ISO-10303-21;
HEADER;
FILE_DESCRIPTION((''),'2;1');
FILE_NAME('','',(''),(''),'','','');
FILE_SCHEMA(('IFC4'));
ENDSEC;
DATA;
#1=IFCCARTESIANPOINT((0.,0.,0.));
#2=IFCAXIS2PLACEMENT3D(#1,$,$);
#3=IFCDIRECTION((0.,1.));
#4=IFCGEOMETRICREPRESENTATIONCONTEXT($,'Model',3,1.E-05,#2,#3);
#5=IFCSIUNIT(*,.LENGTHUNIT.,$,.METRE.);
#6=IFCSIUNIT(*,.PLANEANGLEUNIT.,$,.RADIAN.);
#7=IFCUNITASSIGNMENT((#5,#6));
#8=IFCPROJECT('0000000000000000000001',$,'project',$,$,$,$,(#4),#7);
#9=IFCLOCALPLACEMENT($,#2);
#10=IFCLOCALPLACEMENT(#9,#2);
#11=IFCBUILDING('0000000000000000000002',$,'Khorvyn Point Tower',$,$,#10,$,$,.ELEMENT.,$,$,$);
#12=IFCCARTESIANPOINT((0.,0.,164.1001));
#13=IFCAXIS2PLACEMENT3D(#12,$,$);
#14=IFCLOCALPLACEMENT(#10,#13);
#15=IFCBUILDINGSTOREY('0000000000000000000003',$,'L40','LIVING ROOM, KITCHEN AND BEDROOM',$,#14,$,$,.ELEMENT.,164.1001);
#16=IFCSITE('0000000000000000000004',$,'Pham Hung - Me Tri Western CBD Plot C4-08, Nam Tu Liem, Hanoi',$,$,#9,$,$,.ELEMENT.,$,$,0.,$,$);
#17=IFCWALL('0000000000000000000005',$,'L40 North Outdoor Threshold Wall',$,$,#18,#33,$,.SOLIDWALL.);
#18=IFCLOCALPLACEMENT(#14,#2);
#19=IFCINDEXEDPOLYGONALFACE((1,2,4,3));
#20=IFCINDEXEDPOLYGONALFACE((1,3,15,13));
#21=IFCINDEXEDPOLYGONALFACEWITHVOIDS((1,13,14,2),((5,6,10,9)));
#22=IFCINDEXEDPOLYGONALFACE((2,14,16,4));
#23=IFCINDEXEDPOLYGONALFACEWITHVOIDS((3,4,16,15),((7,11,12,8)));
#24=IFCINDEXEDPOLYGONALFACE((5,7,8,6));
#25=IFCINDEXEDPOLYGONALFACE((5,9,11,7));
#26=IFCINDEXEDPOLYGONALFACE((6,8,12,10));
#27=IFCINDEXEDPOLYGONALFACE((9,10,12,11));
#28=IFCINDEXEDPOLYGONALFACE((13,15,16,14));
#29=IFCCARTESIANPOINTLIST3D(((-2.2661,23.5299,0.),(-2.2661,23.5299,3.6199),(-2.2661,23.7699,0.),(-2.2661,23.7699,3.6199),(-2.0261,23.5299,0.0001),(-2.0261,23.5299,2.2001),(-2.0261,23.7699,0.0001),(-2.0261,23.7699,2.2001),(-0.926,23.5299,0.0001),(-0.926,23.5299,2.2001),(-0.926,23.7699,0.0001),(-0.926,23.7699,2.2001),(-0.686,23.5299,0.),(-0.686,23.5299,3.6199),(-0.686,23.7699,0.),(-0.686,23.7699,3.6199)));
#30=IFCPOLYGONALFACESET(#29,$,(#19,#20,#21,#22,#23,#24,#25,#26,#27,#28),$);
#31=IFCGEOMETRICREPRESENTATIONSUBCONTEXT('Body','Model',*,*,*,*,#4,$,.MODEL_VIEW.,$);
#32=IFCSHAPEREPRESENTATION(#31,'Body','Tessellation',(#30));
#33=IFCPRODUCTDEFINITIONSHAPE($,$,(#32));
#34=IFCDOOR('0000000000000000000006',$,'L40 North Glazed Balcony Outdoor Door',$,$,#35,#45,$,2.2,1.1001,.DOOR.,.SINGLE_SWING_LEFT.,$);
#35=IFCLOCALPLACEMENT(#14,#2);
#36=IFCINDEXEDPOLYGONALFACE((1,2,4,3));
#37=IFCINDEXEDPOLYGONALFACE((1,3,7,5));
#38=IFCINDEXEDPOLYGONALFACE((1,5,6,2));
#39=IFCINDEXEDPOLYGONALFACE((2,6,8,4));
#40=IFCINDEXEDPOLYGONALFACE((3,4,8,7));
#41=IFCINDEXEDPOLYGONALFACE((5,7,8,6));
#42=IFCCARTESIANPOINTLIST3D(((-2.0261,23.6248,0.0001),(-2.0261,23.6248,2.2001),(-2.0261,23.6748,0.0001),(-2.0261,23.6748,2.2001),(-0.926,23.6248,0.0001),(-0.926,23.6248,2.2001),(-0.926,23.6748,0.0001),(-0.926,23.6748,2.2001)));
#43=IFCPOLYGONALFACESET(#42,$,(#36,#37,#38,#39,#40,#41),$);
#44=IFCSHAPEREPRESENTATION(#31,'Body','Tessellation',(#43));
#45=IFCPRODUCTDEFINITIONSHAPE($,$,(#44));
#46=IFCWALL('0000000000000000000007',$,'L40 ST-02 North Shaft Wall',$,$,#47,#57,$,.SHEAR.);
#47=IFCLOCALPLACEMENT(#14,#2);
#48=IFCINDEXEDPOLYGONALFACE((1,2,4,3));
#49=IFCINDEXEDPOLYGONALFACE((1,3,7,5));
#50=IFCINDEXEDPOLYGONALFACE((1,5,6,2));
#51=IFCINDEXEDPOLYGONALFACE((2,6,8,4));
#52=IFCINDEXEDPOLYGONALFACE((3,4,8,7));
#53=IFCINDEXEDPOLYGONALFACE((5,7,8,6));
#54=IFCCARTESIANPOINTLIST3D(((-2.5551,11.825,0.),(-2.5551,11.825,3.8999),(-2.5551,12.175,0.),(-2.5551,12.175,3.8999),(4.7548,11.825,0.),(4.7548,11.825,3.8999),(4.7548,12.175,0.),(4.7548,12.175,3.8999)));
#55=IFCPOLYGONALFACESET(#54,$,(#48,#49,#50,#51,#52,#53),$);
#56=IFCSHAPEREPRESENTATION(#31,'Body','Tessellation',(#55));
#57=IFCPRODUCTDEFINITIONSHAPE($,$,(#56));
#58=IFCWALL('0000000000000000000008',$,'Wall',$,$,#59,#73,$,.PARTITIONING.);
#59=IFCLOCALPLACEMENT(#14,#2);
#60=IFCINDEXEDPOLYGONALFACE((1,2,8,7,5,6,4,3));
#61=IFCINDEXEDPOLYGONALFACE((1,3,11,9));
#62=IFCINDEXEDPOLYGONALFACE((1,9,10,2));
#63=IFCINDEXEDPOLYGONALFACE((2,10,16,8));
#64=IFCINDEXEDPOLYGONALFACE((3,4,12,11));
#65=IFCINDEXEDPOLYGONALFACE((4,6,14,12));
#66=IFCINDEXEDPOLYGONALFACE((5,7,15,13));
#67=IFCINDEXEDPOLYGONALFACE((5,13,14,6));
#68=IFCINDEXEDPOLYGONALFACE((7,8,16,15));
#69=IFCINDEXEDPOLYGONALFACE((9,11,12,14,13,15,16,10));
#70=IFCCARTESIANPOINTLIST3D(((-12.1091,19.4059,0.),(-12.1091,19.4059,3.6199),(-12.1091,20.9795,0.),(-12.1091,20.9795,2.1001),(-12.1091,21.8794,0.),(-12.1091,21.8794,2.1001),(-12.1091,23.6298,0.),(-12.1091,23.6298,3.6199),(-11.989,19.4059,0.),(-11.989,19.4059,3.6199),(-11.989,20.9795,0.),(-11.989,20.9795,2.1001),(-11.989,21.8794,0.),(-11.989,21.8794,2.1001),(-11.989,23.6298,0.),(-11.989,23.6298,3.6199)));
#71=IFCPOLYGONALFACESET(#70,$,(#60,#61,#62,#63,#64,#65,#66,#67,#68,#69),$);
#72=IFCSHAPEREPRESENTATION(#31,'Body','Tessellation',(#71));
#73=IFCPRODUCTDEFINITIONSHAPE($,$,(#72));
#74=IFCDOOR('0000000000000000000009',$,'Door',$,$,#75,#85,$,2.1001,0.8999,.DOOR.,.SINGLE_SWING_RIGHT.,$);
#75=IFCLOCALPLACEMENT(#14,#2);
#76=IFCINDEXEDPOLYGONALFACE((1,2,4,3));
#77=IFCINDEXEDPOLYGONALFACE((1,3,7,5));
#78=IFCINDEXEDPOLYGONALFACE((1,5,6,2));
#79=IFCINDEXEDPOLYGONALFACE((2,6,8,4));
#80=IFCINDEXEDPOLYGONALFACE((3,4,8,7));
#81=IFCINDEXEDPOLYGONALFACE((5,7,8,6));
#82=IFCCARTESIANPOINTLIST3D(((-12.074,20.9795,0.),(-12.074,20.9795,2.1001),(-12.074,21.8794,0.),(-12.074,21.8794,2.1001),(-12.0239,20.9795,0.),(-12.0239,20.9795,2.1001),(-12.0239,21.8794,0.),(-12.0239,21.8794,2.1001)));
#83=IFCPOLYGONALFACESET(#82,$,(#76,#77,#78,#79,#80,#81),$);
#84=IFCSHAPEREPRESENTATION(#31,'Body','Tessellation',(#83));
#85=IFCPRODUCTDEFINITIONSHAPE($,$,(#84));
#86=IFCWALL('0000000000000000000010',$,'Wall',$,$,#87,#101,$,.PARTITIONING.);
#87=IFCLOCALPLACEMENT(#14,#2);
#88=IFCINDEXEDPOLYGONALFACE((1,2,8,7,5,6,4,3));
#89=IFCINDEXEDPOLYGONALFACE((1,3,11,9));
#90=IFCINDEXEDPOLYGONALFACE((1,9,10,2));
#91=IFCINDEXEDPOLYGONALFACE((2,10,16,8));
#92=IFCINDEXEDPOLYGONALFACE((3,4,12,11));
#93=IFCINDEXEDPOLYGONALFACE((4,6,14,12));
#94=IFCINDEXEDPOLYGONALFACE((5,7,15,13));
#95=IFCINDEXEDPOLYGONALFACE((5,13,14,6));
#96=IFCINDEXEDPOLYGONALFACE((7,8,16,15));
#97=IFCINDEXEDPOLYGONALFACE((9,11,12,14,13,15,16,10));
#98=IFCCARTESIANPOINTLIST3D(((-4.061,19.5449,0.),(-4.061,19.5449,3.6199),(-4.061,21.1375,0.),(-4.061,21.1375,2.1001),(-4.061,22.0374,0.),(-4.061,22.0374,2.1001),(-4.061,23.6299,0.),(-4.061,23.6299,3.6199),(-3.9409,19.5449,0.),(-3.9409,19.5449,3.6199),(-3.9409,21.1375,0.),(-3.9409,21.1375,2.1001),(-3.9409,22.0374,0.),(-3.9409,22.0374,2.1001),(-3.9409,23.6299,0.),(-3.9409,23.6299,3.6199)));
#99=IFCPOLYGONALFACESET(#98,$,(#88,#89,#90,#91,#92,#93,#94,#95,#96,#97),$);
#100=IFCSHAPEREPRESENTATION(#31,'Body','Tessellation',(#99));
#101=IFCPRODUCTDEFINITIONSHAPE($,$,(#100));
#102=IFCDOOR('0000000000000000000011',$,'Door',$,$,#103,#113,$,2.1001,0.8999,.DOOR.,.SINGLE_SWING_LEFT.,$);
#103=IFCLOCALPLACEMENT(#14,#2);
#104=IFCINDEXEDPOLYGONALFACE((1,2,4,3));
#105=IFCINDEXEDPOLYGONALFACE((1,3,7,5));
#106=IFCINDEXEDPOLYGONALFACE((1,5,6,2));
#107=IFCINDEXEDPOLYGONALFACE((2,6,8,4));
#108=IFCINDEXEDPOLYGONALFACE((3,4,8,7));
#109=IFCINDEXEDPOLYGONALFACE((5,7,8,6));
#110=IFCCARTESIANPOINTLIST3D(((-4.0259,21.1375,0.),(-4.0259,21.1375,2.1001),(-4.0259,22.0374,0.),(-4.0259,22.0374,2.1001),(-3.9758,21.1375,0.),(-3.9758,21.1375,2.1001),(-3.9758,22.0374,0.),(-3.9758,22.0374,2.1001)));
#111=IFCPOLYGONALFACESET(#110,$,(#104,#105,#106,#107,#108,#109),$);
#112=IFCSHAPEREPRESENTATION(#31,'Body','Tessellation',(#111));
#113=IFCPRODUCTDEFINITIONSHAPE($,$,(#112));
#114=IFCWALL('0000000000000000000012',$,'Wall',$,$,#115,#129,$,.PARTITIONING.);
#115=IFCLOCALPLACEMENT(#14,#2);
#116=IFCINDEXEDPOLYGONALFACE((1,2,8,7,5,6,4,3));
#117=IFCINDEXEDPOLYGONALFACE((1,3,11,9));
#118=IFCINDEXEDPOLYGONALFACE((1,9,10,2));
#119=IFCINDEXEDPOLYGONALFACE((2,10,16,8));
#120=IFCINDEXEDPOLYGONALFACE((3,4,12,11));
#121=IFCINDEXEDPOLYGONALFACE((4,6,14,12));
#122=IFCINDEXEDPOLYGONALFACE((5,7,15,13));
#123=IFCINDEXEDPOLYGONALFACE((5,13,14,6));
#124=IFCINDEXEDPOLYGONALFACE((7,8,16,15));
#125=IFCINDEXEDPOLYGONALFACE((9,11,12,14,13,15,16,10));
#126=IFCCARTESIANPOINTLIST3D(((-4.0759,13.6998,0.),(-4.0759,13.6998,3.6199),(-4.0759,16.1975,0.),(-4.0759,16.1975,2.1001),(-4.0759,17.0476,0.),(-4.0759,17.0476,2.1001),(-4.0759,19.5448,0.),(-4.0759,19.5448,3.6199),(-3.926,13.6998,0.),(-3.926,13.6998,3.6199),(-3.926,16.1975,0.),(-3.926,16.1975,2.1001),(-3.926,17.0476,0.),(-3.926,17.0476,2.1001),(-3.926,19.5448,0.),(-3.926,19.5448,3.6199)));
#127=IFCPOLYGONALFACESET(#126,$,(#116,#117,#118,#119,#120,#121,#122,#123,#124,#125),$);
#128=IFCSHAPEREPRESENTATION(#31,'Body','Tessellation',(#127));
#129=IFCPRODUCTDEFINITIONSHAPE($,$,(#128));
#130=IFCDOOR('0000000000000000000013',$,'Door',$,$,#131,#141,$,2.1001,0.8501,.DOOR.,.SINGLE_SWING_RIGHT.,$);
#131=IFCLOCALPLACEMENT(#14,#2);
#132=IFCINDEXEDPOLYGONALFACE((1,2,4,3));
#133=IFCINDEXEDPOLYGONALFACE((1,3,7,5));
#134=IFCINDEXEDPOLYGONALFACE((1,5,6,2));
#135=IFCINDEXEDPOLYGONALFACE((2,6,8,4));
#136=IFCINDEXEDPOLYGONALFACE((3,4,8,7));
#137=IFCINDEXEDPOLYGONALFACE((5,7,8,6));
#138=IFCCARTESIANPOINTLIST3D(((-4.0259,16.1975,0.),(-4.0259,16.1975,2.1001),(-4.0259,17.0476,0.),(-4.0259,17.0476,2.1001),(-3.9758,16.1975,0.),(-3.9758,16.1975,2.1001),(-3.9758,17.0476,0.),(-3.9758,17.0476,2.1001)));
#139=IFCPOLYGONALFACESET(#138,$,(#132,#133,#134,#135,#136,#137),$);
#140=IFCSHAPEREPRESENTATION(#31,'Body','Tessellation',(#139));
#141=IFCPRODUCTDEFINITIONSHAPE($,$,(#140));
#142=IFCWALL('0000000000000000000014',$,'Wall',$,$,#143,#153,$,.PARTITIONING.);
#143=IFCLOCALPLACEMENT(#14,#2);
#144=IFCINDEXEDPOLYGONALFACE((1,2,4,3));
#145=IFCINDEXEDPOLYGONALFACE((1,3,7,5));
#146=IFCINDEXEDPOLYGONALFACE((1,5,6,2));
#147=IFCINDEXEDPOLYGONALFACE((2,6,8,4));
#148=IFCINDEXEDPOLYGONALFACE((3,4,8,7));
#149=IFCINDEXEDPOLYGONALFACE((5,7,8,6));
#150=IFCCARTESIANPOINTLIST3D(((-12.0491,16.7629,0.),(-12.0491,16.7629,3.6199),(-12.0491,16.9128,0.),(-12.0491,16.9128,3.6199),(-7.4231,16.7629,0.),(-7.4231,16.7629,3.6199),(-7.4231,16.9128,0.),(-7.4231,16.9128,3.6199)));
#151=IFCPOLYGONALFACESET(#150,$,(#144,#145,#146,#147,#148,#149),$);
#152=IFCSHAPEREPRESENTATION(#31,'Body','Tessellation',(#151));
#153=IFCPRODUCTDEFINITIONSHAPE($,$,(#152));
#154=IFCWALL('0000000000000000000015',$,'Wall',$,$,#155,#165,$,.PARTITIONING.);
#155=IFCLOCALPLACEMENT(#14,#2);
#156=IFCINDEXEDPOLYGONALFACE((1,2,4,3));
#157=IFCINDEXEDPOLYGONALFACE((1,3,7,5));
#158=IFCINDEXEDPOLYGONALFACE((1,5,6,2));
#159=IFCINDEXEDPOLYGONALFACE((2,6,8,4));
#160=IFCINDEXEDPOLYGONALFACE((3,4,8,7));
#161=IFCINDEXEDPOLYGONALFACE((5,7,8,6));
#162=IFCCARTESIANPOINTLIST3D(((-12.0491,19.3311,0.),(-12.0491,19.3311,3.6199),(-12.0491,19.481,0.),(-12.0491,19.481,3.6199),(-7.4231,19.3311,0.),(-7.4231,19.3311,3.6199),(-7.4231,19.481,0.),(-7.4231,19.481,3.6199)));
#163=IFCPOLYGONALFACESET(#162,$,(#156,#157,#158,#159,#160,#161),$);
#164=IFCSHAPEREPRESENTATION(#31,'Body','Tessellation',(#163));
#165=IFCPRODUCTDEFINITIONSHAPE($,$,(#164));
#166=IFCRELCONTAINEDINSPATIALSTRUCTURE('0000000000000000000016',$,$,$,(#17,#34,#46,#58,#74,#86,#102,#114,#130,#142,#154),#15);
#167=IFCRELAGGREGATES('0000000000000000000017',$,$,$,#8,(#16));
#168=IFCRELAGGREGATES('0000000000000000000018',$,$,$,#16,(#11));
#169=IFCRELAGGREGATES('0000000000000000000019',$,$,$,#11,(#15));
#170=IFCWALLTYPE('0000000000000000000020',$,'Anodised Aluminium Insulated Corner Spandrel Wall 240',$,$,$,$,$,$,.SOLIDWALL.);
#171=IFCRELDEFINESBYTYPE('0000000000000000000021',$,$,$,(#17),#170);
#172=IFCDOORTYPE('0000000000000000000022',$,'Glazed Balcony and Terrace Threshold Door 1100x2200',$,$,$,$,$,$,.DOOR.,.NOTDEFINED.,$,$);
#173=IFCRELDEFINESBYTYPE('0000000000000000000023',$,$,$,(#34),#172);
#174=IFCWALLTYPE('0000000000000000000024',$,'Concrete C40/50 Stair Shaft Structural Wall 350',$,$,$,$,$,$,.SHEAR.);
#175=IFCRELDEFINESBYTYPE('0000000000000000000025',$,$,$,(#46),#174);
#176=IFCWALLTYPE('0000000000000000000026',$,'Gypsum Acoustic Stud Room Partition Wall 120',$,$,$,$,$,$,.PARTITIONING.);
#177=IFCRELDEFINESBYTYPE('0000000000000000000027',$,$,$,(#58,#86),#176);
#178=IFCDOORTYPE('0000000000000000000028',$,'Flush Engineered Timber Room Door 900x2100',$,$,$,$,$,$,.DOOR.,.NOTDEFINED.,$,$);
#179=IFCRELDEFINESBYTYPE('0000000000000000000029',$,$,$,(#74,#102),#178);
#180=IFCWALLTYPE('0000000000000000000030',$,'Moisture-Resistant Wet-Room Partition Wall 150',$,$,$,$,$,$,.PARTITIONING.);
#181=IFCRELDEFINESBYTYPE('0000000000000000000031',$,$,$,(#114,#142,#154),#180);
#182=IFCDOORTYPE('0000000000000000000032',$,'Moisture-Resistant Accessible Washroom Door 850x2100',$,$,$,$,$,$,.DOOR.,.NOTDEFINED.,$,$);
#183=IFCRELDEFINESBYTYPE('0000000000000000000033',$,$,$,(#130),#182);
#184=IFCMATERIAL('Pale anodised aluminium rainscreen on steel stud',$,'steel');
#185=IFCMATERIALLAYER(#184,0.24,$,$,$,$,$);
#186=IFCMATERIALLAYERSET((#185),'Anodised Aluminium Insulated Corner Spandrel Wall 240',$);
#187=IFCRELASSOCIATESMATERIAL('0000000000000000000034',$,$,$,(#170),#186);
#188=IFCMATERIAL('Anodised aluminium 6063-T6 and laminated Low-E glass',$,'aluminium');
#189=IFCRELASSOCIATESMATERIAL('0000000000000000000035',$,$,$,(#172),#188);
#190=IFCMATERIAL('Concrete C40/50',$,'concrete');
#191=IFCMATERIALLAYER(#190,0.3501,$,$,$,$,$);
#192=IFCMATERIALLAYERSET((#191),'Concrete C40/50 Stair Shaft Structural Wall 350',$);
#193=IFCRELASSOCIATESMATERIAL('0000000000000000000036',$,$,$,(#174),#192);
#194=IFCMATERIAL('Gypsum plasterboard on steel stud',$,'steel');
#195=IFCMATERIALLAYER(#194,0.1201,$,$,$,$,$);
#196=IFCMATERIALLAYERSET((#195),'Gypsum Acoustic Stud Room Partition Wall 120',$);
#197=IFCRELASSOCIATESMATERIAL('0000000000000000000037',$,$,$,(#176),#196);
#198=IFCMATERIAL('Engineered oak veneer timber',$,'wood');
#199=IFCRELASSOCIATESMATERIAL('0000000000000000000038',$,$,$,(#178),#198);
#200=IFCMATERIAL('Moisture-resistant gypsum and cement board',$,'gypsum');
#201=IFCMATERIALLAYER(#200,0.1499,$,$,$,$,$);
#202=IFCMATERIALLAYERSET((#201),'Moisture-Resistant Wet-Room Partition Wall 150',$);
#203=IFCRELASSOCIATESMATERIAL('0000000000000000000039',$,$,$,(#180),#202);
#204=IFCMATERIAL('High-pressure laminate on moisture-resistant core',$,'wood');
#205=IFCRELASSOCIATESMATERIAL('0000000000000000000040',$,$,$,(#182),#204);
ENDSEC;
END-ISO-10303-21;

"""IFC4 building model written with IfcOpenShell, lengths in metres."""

from ifc_helpers import new_model, si_unit, direction, frame, frame_2d, origin, place, context, subcontext, project, spatial, rectangle, extrude, material, layer, layer_set, type_object, element, fill, save


model = new_model("IFC4")

# Units and contexts
model_context = context("Model", 3, precision=1e-05, world=origin(), true_north=direction((0.0, 1.0)))
body_context = subcontext(model_context, "Body", "Model", "MODEL_VIEW")
ifc_project = project(units=[si_unit("LENGTHUNIT", "METRE"), si_unit("PLANEANGLEUNIT", "RADIAN")], contexts=[model_context])

# Site, building, storey
site_placement = place(None, origin())
site = spatial("IfcSite", under=ifc_project, at=site_placement, Name="Pham Hung - Me Tri Western CBD Plot C4-08, Nam Tu Liem, Hanoi", CompositionType="ELEMENT", RefElevation=0.0)
building_placement = place(site_placement, origin())
building = spatial("IfcBuilding", under=site, at=building_placement, Name="Khorvyn Point Tower", CompositionType="ELEMENT")
storey_placement = place(building_placement, frame((0.0, 0.0, 164.1001)))
storey = spatial("IfcBuildingStorey", under=building, at=storey_placement, Name="L40", Description="LIVING ROOM, KITCHEN AND BEDROOM", CompositionType="ELEMENT", Elevation=164.1001)

# Shared definitions
ifc_material_1 = material(Name="Anodised aluminium 6063-T6 and laminated Low-E glass", Category="aluminium")

# Wall, opening, door
ifc_material_2 = material(Name="Pale anodised aluminium rainscreen on steel stud", Category="steel")
ifc_layer_1 = layer(ifc_material_2, 0.24)
ifc_layer_set_1 = layer_set([ifc_layer_1], Name="Anodised Aluminium Insulated Corner Spandrel Wall 240")
wall_type_1 = type_object("IfcWallType", Name="Anodised Aluminium Insulated Corner Spandrel Wall 240", PredefinedType="SOLIDWALL", material=ifc_layer_set_1)
wall_1_placement = place(storey_placement, frame((-2.2661, 23.6499, 0.0), z_axis=(0.0, 0.0, 1.0), x_axis=(1.0, 0.0, 0.0)))
wall_1 = element("IfcWall", 1, at=wall_1_placement, inside=storey, type_object=wall_type_1, Name="L40 North Outdoor Threshold Wall", PredefinedType="SOLIDWALL", context=body_context, shape_type="SweptSolid", body=[
    extrude(rectangle(XDim=1.5801, YDim=0.24, at=frame_2d((0.79, 0.0))), origin(), (0.0, 0.0, 1.0), 3.6199),
])
opening_1_placement = place(wall_1_placement, frame((0.24, 0.0, 0.0)))
opening_1 = element("IfcOpeningElement", 2, at=opening_1_placement, cuts=wall_1, PredefinedType="OPENING", context=body_context, shape_type="SweptSolid", body=[
    extrude(rectangle(XDim=1.1001, YDim=2.2, at=frame_2d((0.55, 1.1001))), frame((0.0, 0.1299, 0.0), z_axis=(0.0, -1.0, 0.0), x_axis=(1.0, 0.0, 0.0)), (0.0, 0.0, 1.0), 0.26),
])
door_type_1 = type_object("IfcDoorType", Name="Glazed Balcony and Terrace Threshold Door 1100x2200", OperationType="NOTDEFINED", PredefinedType="DOOR", material=ifc_material_1)
door_1_placement = place(opening_1_placement, origin())
door_1 = element("IfcDoor", 3, at=door_1_placement, inside=storey, type_object=door_type_1, Name="L40 North Glazed Balcony Outdoor Door", OperationType="SINGLE_SWING_LEFT", OverallHeight=2.2, OverallWidth=1.1001, PredefinedType="DOOR", context=body_context, shape_type="SweptSolid", body=[
    extrude(rectangle(XDim=1.1001, YDim=2.2, at=frame_2d((0.55, 1.1001))), frame((0.0, 0.0249, 0.0), z_axis=(0.0, -1.0, 0.0), x_axis=(1.0, 0.0, 0.0)), (0.0, 0.0, 1.0), 0.05),
])
fill(opening_1, door_1)

# Wall
ifc_material_3 = material(Name="Concrete C40/50", Category="concrete")
ifc_layer_2 = layer(ifc_material_3, 0.3501)
ifc_layer_set_2 = layer_set([ifc_layer_2], Name="Concrete C40/50 Stair Shaft Structural Wall 350")
wall_type_2 = type_object("IfcWallType", Name="Concrete C40/50 Stair Shaft Structural Wall 350", PredefinedType="SHEAR", material=ifc_layer_set_2)
wall_2_placement = place(storey_placement, frame((-2.5549, 12.0, 0.0), z_axis=(0.0, 0.0, 1.0), x_axis=(1.0, 0.0, 0.0)))
element("IfcWall", 4, at=wall_2_placement, inside=storey, type_object=wall_type_2, Name="L40 ST-02 North Shaft Wall", PredefinedType="SHEAR", context=body_context, shape_type="SweptSolid", body=[
    extrude(rectangle(XDim=7.3098, YDim=0.3501, at=frame_2d((3.6548, 0.0))), origin(), (0.0, 0.0, 1.0), 3.8999),
])

# Walls, openings, doors
ifc_material_4 = material(Name="Gypsum plasterboard on steel stud", Category="steel")
ifc_layer_3 = layer(ifc_material_4, 0.1201)
ifc_layer_set_3 = layer_set([ifc_layer_3], Name="Gypsum Acoustic Stud Room Partition Wall 120")
wall_type_3 = type_object("IfcWallType", Name="Gypsum Acoustic Stud Room Partition Wall 120", PredefinedType="PARTITIONING", material=ifc_layer_set_3)
wall_3_placement = place(storey_placement, frame((-12.0491, 19.406, 0.0), z_axis=(0.0, 0.0, 1.0), x_axis=(0.0, 1.0, 0.0)))
wall_3 = element("IfcWall", 5, at=wall_3_placement, inside=storey, type_object=wall_type_3, Name="Wall", PredefinedType="PARTITIONING", context=body_context, shape_type="SweptSolid", body=[
    extrude(rectangle(XDim=4.2239, YDim=0.1201, at=frame_2d((2.1118, 0.0))), origin(), (0.0, 0.0, 1.0), 3.6199),
])
opening_2_placement = place(wall_3_placement, frame((1.5735, 0.0, 0.0)))
opening_2 = element("IfcOpeningElement", 6, at=opening_2_placement, cuts=wall_3, PredefinedType="OPENING", context=body_context, shape_type="SweptSolid", body=[
    extrude(rectangle(XDim=0.8999, YDim=2.1001, at=frame_2d((0.45, 1.05))), frame((0.0, 0.0701, 0.0), z_axis=(0.0, -1.0, 0.0), x_axis=(1.0, 0.0, 0.0)), (0.0, 0.0, 1.0), 0.1401),
])
ifc_material_5 = material(Name="Engineered oak veneer timber", Category="wood")
door_type_2 = type_object("IfcDoorType", Name="Flush Engineered Timber Room Door 900x2100", OperationType="NOTDEFINED", PredefinedType="DOOR", material=ifc_material_5)
door_2_placement = place(opening_2_placement, origin())
door_2 = element("IfcDoor", 7, at=door_2_placement, inside=storey, type_object=door_type_2, Name="Door", OperationType="SINGLE_SWING_RIGHT", OverallHeight=2.1001, OverallWidth=0.8999, PredefinedType="DOOR", context=body_context, shape_type="SweptSolid", body=[
    extrude(rectangle(XDim=0.8999, YDim=2.1001, at=frame_2d((0.45, 1.05))), frame((0.0, 0.0249, 0.0), z_axis=(0.0, -1.0, 0.0), x_axis=(1.0, 0.0, 0.0)), (0.0, 0.0, 1.0), 0.05),
])
fill(opening_2, door_2)
wall_4_placement = place(storey_placement, frame((-4.001, 19.5449, 0.0), z_axis=(0.0, 0.0, 1.0), x_axis=(0.0, 1.0, 0.0)))
wall_4 = element("IfcWall", 8, at=wall_4_placement, inside=storey, type_object=wall_type_3, Name="Wall", PredefinedType="PARTITIONING", context=body_context, shape_type="SweptSolid", body=[
    extrude(rectangle(XDim=4.085, YDim=0.1201, at=frame_2d((2.0425, 0.0))), origin(), (0.0, 0.0, 1.0), 3.6199),
])
opening_3_placement = place(wall_4_placement, frame((1.5925, 0.0, 0.0)))
opening_3 = element("IfcOpeningElement", 9, at=opening_3_placement, cuts=wall_4, PredefinedType="OPENING", context=body_context, shape_type="SweptSolid", body=[
    extrude(rectangle(XDim=0.8999, YDim=2.1001, at=frame_2d((0.45, 1.05))), frame((0.0, 0.0701, 0.0), z_axis=(0.0, -1.0, 0.0), x_axis=(1.0, 0.0, 0.0)), (0.0, 0.0, 1.0), 0.1401),
])
door_3_placement = place(opening_3_placement, origin())
door_3 = element("IfcDoor", 10, at=door_3_placement, inside=storey, type_object=door_type_2, Name="Door", OperationType="SINGLE_SWING_LEFT", OverallHeight=2.1001, OverallWidth=0.8999, PredefinedType="DOOR", context=body_context, shape_type="SweptSolid", body=[
    extrude(rectangle(XDim=0.8999, YDim=2.1001, at=frame_2d((0.45, 1.05))), frame((0.0, 0.0249, 0.0), z_axis=(0.0, -1.0, 0.0), x_axis=(1.0, 0.0, 0.0)), (0.0, 0.0, 1.0), 0.05),
])
fill(opening_3, door_3)
ifc_material_6 = material(Name="Moisture-resistant gypsum and cement board", Category="gypsum")
ifc_layer_4 = layer(ifc_material_6, 0.1499)
ifc_layer_set_4 = layer_set([ifc_layer_4], Name="Moisture-Resistant Wet-Room Partition Wall 150")
wall_type_4 = type_object("IfcWallType", Name="Moisture-Resistant Wet-Room Partition Wall 150", PredefinedType="PARTITIONING", material=ifc_layer_set_4)
wall_5_placement = place(storey_placement, frame((-4.001, 13.7, 0.0), z_axis=(0.0, 0.0, 1.0), x_axis=(0.0, 1.0, 0.0)))
wall_5 = element("IfcWall", 11, at=wall_5_placement, inside=storey, type_object=wall_type_4, Name="Wall", PredefinedType="PARTITIONING", context=body_context, shape_type="SweptSolid", body=[
    extrude(rectangle(XDim=5.845, YDim=0.1499, at=frame_2d((2.9224, 0.0))), origin(), (0.0, 0.0, 1.0), 3.6199),
])
opening_4_placement = place(wall_5_placement, frame((2.4976, 0.0, 0.0)))
opening_4 = element("IfcOpeningElement", 12, at=opening_4_placement, cuts=wall_5, PredefinedType="OPENING", context=body_context, shape_type="SweptSolid", body=[
    extrude(rectangle(XDim=0.8501, YDim=2.1001, at=frame_2d((0.425, 1.05))), frame((0.0, 0.085, 0.0), z_axis=(0.0, -1.0, 0.0), x_axis=(1.0, 0.0, 0.0)), (0.0, 0.0, 1.0), 0.1699),
])
ifc_material_7 = material(Name="High-pressure laminate on moisture-resistant core", Category="wood")
door_type_3 = type_object("IfcDoorType", Name="Moisture-Resistant Accessible Washroom Door 850x2100", OperationType="NOTDEFINED", PredefinedType="DOOR", material=ifc_material_7)
door_4_placement = place(opening_4_placement, origin())
door_4 = element("IfcDoor", 13, at=door_4_placement, inside=storey, type_object=door_type_3, Name="Door", OperationType="SINGLE_SWING_RIGHT", OverallHeight=2.1001, OverallWidth=0.8501, PredefinedType="DOOR", context=body_context, shape_type="SweptSolid", body=[
    extrude(rectangle(XDim=0.8501, YDim=2.1001, at=frame_2d((0.425, 1.05))), frame((0.0, 0.0249, 0.0), z_axis=(0.0, -1.0, 0.0), x_axis=(1.0, 0.0, 0.0)), (0.0, 0.0, 1.0), 0.05),
])
fill(opening_4, door_4)

# Walls
for number, where, z_axis, x_axis, name in (
    (14, (-12.0491, 16.8379, 0.0), (0.0, 0.0, 1.0), (1.0, 0.0, 0.0), "Wall"),
    (15, (-12.0491, 19.406, 0.0), (0.0, 0.0, 1.0), (1.0, 0.0, 0.0), "Wall"),
):
    element("IfcWall", number, at=place(storey_placement, frame(where, z_axis=z_axis, x_axis=x_axis)), inside=storey, type_object=wall_type_4, Name=name, PredefinedType="PARTITIONING", context=body_context, shape_type="SweptSolid", body=[
        extrude(rectangle(XDim=4.626, YDim=0.1499, at=frame_2d((2.313, 0.0))), origin(), (0.0, 0.0, 1.0), 3.6199),
    ])

save(model, "model.ifc")
